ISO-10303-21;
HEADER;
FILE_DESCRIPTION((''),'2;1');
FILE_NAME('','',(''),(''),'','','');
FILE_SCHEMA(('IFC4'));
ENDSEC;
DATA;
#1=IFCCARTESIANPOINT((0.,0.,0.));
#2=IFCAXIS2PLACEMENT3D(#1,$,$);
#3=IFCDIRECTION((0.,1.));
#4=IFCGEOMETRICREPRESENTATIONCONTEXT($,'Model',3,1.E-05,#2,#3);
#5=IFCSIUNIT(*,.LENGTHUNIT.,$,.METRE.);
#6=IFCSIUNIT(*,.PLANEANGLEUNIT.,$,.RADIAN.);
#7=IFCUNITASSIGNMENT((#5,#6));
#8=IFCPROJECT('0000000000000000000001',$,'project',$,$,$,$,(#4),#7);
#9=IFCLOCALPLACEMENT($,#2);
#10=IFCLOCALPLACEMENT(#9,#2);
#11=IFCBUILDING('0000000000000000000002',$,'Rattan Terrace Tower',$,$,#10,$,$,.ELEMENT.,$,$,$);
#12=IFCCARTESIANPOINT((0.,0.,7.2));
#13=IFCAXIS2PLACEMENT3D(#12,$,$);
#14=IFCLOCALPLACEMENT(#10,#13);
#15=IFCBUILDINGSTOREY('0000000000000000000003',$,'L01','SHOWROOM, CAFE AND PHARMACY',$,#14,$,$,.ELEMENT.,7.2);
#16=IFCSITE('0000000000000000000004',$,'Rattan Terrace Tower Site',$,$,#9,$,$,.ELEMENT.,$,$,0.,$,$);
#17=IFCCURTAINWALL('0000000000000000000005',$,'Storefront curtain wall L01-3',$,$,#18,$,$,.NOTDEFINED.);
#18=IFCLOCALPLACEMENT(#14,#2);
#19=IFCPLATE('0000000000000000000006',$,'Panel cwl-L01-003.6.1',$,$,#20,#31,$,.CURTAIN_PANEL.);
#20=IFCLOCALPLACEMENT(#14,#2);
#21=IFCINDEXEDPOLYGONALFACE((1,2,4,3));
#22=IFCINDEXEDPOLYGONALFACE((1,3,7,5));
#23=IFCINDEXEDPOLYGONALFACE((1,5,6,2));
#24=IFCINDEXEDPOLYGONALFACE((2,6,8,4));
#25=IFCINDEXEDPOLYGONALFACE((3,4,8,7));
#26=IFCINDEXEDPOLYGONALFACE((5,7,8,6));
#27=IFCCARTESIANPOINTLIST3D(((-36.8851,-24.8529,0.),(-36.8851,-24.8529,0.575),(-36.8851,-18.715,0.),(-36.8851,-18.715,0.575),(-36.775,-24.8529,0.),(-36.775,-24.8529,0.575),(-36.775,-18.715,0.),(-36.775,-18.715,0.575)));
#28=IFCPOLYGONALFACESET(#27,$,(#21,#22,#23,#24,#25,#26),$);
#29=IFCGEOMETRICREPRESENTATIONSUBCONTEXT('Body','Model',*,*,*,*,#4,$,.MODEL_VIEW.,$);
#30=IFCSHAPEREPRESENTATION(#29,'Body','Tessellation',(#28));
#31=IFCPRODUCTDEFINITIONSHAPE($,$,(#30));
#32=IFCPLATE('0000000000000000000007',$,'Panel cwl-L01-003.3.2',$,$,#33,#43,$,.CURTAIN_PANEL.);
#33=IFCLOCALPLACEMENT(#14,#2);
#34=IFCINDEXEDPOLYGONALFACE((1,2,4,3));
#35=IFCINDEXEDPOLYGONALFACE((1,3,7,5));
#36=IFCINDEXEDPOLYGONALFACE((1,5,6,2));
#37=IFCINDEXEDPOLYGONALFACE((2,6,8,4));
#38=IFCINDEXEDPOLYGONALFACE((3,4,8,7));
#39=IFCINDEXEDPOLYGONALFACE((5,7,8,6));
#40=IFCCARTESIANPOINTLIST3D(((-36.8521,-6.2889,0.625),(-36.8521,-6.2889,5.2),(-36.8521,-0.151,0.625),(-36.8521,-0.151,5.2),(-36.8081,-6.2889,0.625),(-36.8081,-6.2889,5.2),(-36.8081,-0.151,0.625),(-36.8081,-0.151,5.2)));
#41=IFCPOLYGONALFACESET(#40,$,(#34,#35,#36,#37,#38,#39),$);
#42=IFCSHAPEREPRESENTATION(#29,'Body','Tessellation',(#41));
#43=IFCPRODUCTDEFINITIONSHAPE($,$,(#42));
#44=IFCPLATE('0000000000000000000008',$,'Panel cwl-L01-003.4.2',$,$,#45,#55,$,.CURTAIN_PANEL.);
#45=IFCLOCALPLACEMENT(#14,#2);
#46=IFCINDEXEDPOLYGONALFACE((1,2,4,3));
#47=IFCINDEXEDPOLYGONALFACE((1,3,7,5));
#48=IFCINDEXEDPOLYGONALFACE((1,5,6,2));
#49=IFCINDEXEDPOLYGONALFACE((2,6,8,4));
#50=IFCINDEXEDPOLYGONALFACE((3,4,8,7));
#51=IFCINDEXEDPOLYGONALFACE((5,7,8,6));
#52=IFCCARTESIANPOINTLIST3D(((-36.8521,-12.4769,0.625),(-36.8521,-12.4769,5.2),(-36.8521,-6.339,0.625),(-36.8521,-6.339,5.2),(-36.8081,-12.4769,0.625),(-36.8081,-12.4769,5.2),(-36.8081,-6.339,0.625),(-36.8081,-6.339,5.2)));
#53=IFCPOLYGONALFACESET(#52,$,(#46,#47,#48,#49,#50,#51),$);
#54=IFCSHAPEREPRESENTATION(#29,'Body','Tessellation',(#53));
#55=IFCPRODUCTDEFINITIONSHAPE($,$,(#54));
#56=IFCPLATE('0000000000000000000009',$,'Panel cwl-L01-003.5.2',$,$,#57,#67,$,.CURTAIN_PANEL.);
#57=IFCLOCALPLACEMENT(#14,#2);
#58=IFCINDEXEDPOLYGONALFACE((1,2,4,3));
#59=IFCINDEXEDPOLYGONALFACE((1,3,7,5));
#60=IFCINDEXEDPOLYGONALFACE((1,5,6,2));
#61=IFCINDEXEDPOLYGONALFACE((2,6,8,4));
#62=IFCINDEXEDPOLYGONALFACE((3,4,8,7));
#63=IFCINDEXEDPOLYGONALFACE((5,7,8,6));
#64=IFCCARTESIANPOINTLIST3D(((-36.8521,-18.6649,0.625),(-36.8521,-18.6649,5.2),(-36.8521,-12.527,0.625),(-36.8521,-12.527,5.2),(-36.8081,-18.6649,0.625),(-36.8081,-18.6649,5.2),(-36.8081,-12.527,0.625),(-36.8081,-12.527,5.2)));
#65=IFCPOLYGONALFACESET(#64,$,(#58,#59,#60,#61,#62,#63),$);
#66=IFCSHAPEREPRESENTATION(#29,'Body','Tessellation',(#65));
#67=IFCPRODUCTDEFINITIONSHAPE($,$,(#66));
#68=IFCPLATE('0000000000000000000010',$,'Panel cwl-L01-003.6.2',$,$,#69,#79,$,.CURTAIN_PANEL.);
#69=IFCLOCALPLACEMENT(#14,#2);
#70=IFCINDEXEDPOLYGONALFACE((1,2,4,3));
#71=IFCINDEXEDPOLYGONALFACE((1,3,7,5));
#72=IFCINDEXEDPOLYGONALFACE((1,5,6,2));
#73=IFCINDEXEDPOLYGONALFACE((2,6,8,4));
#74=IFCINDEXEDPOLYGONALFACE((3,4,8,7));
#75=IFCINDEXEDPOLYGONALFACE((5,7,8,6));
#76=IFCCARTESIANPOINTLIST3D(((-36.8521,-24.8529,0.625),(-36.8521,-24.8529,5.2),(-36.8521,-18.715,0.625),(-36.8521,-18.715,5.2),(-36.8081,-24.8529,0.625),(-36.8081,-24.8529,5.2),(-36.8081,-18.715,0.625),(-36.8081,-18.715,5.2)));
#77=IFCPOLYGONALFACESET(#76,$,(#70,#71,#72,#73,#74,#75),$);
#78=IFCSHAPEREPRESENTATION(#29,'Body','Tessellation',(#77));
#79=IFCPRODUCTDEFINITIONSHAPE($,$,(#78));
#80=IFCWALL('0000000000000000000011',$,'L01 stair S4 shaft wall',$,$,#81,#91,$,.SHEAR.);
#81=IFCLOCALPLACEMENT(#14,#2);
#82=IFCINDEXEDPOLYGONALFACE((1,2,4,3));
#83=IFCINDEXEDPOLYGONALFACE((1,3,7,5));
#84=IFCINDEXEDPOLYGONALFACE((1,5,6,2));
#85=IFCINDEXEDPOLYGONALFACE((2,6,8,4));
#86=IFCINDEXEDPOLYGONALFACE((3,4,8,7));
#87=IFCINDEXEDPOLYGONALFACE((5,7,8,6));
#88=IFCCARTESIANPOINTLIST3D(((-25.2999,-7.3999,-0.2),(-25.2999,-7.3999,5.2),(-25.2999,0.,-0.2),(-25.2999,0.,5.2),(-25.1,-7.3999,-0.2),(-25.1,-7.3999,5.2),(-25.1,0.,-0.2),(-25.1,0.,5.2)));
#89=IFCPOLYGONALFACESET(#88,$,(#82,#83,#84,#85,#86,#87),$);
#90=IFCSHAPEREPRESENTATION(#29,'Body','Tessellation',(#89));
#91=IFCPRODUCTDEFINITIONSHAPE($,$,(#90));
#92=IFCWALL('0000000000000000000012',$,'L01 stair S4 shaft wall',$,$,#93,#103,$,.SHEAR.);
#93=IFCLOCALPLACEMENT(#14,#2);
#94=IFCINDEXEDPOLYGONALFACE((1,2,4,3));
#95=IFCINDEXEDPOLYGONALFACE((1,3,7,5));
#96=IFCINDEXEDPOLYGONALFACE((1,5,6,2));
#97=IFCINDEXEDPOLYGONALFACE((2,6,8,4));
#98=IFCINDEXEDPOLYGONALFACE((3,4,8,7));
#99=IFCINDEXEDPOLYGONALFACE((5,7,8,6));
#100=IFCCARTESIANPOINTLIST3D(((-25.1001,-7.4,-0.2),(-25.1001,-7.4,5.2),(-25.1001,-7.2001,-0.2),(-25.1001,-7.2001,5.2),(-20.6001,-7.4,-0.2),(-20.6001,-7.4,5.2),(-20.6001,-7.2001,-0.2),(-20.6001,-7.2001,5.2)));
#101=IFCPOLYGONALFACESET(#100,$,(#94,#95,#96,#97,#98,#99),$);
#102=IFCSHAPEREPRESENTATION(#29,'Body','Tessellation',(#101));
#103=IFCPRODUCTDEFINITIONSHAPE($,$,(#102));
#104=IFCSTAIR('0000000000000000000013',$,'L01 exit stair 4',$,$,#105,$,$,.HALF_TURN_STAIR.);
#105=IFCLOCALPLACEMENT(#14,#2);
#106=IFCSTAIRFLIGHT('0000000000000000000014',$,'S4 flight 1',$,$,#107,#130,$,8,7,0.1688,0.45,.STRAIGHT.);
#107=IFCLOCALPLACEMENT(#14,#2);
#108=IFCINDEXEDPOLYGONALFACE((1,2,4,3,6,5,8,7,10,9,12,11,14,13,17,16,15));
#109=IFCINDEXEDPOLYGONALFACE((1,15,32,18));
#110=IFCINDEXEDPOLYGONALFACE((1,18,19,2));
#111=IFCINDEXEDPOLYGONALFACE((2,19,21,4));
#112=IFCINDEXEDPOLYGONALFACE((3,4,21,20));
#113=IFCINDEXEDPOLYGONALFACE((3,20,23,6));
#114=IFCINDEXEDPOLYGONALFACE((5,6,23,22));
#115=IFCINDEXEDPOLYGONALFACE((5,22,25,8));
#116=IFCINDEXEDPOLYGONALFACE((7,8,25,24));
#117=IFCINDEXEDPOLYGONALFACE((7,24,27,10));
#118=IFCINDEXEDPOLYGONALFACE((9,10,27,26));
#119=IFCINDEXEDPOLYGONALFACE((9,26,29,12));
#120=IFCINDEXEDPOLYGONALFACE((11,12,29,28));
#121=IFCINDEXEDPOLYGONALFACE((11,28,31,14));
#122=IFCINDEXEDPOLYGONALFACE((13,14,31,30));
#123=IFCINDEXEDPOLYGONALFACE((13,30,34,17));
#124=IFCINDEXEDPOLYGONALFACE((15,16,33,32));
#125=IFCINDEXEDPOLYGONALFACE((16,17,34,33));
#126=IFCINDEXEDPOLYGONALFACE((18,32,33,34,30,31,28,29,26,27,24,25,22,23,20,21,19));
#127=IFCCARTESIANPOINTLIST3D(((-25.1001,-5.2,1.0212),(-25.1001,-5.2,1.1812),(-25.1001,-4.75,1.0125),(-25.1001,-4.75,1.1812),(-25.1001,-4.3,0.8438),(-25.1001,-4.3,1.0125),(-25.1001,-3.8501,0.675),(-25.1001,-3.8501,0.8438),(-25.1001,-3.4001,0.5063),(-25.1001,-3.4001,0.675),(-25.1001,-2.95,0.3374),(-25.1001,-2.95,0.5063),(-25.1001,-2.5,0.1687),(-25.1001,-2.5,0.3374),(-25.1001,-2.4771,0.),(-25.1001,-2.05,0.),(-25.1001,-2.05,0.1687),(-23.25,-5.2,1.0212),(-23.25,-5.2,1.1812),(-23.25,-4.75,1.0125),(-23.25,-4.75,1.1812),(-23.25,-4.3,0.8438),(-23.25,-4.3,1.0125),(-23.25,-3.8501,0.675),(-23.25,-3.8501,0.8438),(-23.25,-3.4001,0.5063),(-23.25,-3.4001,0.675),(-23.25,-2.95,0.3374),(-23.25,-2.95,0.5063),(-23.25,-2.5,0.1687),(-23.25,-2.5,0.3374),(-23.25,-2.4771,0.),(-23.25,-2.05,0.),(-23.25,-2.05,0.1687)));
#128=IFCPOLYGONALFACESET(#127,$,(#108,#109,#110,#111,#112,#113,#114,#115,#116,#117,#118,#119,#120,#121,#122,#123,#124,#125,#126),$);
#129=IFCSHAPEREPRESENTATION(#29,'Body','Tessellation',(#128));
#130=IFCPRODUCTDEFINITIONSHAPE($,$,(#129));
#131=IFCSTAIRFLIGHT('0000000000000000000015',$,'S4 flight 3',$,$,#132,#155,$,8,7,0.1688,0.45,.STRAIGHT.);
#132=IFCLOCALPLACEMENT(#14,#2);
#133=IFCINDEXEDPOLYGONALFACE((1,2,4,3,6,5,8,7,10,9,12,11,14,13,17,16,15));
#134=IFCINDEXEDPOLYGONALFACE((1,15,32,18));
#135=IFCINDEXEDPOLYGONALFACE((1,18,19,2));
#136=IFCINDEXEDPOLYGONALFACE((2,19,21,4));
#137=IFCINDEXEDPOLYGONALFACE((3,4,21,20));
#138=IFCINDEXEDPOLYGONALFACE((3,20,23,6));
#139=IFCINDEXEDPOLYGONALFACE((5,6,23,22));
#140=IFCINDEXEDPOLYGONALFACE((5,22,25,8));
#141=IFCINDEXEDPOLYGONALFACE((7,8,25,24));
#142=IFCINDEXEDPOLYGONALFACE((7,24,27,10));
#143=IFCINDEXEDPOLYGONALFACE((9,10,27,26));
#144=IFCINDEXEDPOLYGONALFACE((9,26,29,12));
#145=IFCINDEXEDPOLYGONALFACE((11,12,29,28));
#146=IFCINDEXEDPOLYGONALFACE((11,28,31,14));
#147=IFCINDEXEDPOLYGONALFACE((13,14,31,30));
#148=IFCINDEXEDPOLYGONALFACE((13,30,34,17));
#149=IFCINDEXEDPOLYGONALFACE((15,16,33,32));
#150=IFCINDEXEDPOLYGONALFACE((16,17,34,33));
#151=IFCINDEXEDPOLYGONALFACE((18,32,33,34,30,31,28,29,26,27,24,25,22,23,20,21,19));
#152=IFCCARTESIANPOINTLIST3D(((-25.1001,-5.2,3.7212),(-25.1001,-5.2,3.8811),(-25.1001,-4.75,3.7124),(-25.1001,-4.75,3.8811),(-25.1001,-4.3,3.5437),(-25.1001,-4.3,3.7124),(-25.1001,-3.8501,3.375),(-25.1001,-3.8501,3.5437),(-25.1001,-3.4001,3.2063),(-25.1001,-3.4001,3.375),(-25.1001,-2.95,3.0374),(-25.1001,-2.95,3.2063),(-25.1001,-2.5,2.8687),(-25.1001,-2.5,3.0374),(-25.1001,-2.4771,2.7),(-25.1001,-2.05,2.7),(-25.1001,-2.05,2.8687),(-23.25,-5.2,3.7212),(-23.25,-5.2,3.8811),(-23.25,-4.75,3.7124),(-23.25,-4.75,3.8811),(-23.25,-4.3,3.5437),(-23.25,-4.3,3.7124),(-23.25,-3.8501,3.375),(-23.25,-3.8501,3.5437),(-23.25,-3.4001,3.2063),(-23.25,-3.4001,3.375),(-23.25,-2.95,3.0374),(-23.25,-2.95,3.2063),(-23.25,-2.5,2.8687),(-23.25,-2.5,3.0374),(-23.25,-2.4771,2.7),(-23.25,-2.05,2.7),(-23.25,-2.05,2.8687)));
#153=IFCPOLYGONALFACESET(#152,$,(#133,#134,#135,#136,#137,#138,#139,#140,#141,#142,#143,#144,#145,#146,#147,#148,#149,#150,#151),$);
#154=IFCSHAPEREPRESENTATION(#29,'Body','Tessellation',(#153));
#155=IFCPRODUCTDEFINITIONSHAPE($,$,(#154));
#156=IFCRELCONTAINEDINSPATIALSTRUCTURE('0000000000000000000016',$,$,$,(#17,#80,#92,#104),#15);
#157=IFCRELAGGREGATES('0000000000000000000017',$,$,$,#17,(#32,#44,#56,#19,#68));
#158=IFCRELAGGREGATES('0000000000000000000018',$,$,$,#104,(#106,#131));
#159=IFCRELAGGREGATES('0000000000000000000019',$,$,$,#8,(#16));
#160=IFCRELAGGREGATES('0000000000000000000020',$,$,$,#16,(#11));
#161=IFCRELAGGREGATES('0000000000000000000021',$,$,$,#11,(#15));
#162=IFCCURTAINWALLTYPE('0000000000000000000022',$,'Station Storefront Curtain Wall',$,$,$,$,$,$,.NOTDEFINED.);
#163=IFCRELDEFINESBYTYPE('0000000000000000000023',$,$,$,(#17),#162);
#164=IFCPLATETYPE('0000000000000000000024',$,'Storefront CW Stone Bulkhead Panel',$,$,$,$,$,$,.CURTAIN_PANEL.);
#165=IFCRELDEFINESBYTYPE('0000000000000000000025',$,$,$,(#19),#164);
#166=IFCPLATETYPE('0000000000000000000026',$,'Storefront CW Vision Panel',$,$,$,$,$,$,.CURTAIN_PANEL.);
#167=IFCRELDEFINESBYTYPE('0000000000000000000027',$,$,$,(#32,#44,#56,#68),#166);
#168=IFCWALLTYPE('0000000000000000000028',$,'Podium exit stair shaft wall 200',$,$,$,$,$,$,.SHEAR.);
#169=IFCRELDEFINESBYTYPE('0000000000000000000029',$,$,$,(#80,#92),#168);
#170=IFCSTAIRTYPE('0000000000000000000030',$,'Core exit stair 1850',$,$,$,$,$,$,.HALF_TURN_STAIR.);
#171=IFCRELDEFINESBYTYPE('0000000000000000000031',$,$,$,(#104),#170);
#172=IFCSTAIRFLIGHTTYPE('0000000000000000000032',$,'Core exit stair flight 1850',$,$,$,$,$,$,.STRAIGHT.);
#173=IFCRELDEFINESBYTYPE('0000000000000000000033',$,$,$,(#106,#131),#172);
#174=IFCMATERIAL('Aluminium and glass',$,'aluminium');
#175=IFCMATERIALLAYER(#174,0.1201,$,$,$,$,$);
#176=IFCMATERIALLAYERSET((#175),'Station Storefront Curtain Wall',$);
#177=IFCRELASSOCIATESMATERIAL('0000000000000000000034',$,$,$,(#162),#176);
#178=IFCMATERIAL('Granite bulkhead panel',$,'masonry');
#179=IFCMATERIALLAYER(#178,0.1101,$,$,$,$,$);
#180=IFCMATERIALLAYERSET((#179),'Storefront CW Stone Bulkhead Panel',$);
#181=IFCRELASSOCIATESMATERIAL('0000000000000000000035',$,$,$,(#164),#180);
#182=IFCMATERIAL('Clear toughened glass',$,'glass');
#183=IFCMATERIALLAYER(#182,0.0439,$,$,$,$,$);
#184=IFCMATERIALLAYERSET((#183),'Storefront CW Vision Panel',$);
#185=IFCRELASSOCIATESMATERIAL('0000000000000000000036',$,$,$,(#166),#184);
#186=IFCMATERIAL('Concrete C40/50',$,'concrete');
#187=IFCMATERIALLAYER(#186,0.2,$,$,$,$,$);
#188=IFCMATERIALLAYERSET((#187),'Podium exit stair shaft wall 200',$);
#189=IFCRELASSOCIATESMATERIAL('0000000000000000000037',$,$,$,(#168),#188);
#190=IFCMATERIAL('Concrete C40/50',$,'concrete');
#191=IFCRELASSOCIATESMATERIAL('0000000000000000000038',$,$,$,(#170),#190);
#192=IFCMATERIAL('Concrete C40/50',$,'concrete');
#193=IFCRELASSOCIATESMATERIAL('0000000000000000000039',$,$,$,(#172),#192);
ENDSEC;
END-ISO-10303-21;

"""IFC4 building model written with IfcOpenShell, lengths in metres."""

from ifc_helpers import new_model, si_unit, direction, frame, frame_2d, origin, origin_2d, place, context, subcontext, project, spatial, polyline, rectangle, outline, extrude, material, layer, layer_set, type_object, element, aggregate, save


model = new_model("IFC4")

# Units and contexts
model_context = context("Model", 3, precision=1e-05, world=origin(), true_north=direction((0.0, 1.0)))
body_context = subcontext(model_context, "Body", "Model", "MODEL_VIEW")
ifc_project = project(units=[si_unit("LENGTHUNIT", "METRE"), si_unit("PLANEANGLEUNIT", "RADIAN")], contexts=[model_context])

# Site, building, storey
site_placement = place(None, origin())
site = spatial("IfcSite", under=ifc_project, at=site_placement, Name="Rattan Terrace Tower Site", CompositionType="ELEMENT", RefElevation=0.0)
building_placement = place(site_placement, origin())
building = spatial("IfcBuilding", under=site, at=building_placement, Name="Rattan Terrace Tower", CompositionType="ELEMENT")
storey_placement = place(building_placement, frame((0.0, 0.0, 7.2)))
storey = spatial("IfcBuildingStorey", under=building, at=storey_placement, Name="L01", Description="SHOWROOM, CAFE AND PHARMACY", CompositionType="ELEMENT", Elevation=7.2)

# Curtain wall, plates
ifc_material_1 = material(Name="Aluminium and glass", Category="aluminium")
ifc_layer_1 = layer(ifc_material_1, 0.1201)
ifc_layer_set_1 = layer_set([ifc_layer_1], Name="Station Storefront Curtain Wall")
curtain_wall_type = type_object("IfcCurtainWallType", Name="Station Storefront Curtain Wall", PredefinedType="NOTDEFINED", material=ifc_layer_set_1)
curtain_wall_placement = place(storey_placement, origin())
curtain_wall = element("IfcCurtainWall", 1, at=curtain_wall_placement, inside=storey, type_object=curtain_wall_type, Name="Storefront curtain wall L01-3", PredefinedType="NOTDEFINED")
ifc_material_2 = material(Name="Granite bulkhead panel", Category="masonry")
ifc_layer_2 = layer(ifc_material_2, 0.1101)
ifc_layer_set_2 = layer_set([ifc_layer_2], Name="Storefront CW Stone Bulkhead Panel")
plate_type_1 = type_object("IfcPlateType", Name="Storefront CW Stone Bulkhead Panel", PredefinedType="CURTAIN_PANEL", material=ifc_layer_set_2)
plate_1_placement = place(storey_placement, frame((-36.8301, -21.7839, 0.0), z_axis=(0.0, 0.0, 1.0), x_axis=(0.0, -1.0, 0.0)))
plate_1 = element("IfcPlate", 2, at=plate_1_placement, type_object=plate_type_1, Name="Panel cwl-L01-003.6.1", PredefinedType="CURTAIN_PANEL", context=body_context, shape_type="SweptSolid", body=[
    extrude(rectangle(XDim=6.1379, YDim=0.1101, at=origin_2d()), origin(), (0.0, 0.0, 1.0), 0.575),
])
ifc_material_3 = material(Name="Clear toughened glass", Category="glass")
ifc_layer_3 = layer(ifc_material_3, 0.0439)
ifc_layer_set_3 = layer_set([ifc_layer_3], Name="Storefront CW Vision Panel")
plate_type_2 = type_object("IfcPlateType", Name="Storefront CW Vision Panel", PredefinedType="CURTAIN_PANEL", material=ifc_layer_set_3)
plate_2_placement = place(storey_placement, frame((-36.8301, -3.22, 0.625), z_axis=(0.0, 0.0, 1.0), x_axis=(0.0, -1.0, 0.0)))
plate_2 = element("IfcPlate", 3, at=plate_2_placement, type_object=plate_type_2, Name="Panel cwl-L01-003.3.2", PredefinedType="CURTAIN_PANEL", context=body_context, shape_type="SweptSolid", body=[
    extrude(rectangle(XDim=6.1379, YDim=0.0439, at=origin_2d()), origin(), (0.0, 0.0, 1.0), 4.575),
])
plate_3_placement = place(storey_placement, frame((-36.8301, -9.408, 0.625), z_axis=(0.0, 0.0, 1.0), x_axis=(0.0, -1.0, 0.0)))
plate_3 = element("IfcPlate", 4, at=plate_3_placement, type_object=plate_type_2, Name="Panel cwl-L01-003.4.2", PredefinedType="CURTAIN_PANEL", context=body_context, shape_type="SweptSolid", body=[
    extrude(rectangle(XDim=6.1379, YDim=0.0439, at=origin_2d()), origin(), (0.0, 0.0, 1.0), 4.575),
])
plate_4_placement = place(storey_placement, frame((-36.8301, -15.5959, 0.625), z_axis=(0.0, 0.0, 1.0), x_axis=(0.0, -1.0, 0.0)))
plate_4 = element("IfcPlate", 5, at=plate_4_placement, type_object=plate_type_2, Name="Panel cwl-L01-003.5.2", PredefinedType="CURTAIN_PANEL", context=body_context, shape_type="SweptSolid", body=[
    extrude(rectangle(XDim=6.1379, YDim=0.0439, at=origin_2d()), origin(), (0.0, 0.0, 1.0), 4.575),
])
plate_5_placement = place(storey_placement, frame((-36.8301, -21.7839, 0.625), z_axis=(0.0, 0.0, 1.0), x_axis=(0.0, -1.0, 0.0)))
plate_5 = element("IfcPlate", 6, at=plate_5_placement, type_object=plate_type_2, Name="Panel cwl-L01-003.6.2", PredefinedType="CURTAIN_PANEL", context=body_context, shape_type="SweptSolid", body=[
    extrude(rectangle(XDim=6.1379, YDim=0.0439, at=origin_2d()), origin(), (0.0, 0.0, 1.0), 4.575),
])
aggregate(curtain_wall, [plate_2, plate_3, plate_4, plate_1, plate_5])

# Walls
ifc_material_4 = material(Name="Concrete C40/50", Category="concrete")
ifc_layer_4 = layer(ifc_material_4, 0.2)
ifc_layer_set_4 = layer_set([ifc_layer_4], Name="Podium exit stair shaft wall 200")
wall_type = type_object("IfcWallType", Name="Podium exit stair shaft wall 200", PredefinedType="SHEAR", material=ifc_layer_set_4)
wall_1_placement = place(storey_placement, frame((-25.2, -7.3999, -0.2), z_axis=(0.0, 0.0, 1.0), x_axis=(0.0, 1.0, 0.0)))
element("IfcWall", 7, at=wall_1_placement, inside=storey, type_object=wall_type, Name="L01 stair S4 shaft wall", PredefinedType="SHEAR", context=body_context, shape_type="SweptSolid", body=[
    extrude(rectangle(XDim=7.3999, YDim=0.2, at=frame_2d((3.7, 0.0))), origin(), (0.0, 0.0, 1.0), 5.3999),
])
wall_2_placement = place(storey_placement, frame((-25.1001, -7.3, -0.2), z_axis=(0.0, 0.0, 1.0), x_axis=(1.0, 0.0, 0.0)))
element("IfcWall", 8, at=wall_2_placement, inside=storey, type_object=wall_type, Name="L01 stair S4 shaft wall", PredefinedType="SHEAR", context=body_context, shape_type="SweptSolid", body=[
    extrude(rectangle(XDim=4.5, YDim=0.2, at=frame_2d((2.25, 0.0))), origin(), (0.0, 0.0, 1.0), 5.3999),
])

# Stair, stair flights
ifc_material_5 = material(Name="Concrete C40/50", Category="concrete")
stair_type = type_object("IfcStairType", Name="Core exit stair 1850", PredefinedType="HALF_TURN_STAIR", material=ifc_material_5)
stair_placement = place(storey_placement, origin())
stair = element("IfcStair", 9, at=stair_placement, inside=storey, type_object=stair_type, Name="L01 exit stair 4", PredefinedType="HALF_TURN_STAIR")
ifc_material_6 = material(Name="Concrete C40/50", Category="concrete")
stair_flight_type = type_object("IfcStairFlightType", Name="Core exit stair flight 1850", PredefinedType="STRAIGHT", material=ifc_material_6)
stair_flight_1_placement = place(storey_placement, frame((-24.175, -2.05, 0.0), z_axis=(0.0, 0.0, 1.0), x_axis=(0.0, -1.0, 0.0)))
stair_flight_1 = element("IfcStairFlight", 10, at=stair_flight_1_placement, type_object=stair_flight_type, Name="S4 flight 1", NumberOfRisers=8, NumberOfTreads=7, PredefinedType="STRAIGHT", RiserHeight=0.1688, TreadLength=0.45, context=body_context, shape_type="SweptSolid", body=[
    extrude(outline(polyline([(0.0, 0.0), (0.0, 0.1687), (0.45, 0.1687), (0.45, 0.3374), (0.8999, 0.3374), (0.8999, 0.5063), (1.3501, 0.5063), (1.3501, 0.675), (1.8, 0.675), (1.8, 0.8438), (2.25, 0.8438), (2.25, 1.0125), (2.7, 1.0125), (2.7, 1.1812), (3.1499, 1.1812), (3.1499, 1.3501), (3.1499, 1.0212), (0.427, 0.0), (0.0, 0.0)])), frame((0.0, 0.925, 0.0), z_axis=(0.0, -1.0, 0.0), x_axis=(1.0, 0.0, 0.0)), (0.0, 0.0, 1.0), 1.8501),
])
stair_flight_2_placement = place(storey_placement, frame((-24.175, -2.05, 2.7), z_axis=(0.0, 0.0, 1.0), x_axis=(0.0, -1.0, 0.0)))
stair_flight_2 = element("IfcStairFlight", 11, at=stair_flight_2_placement, type_object=stair_flight_type, Name="S4 flight 3", NumberOfRisers=8, NumberOfTreads=7, PredefinedType="STRAIGHT", RiserHeight=0.1688, TreadLength=0.45, context=body_context, shape_type="SweptSolid", body=[
    extrude(outline(polyline([(0.0, 0.0), (0.0, 0.1687), (0.45, 0.1687), (0.45, 0.3374), (0.8999, 0.3374), (0.8999, 0.5063), (1.3501, 0.5063), (1.3501, 0.675), (1.8, 0.675), (1.8, 0.8438), (2.25, 0.8438), (2.25, 1.0125), (2.7, 1.0125), (2.7, 1.1812), (3.1499, 1.1812), (3.1499, 1.3501), (3.1499, 1.0212), (0.427, 0.0), (0.0, 0.0)])), frame((0.0, 0.925, 0.0), z_axis=(0.0, -1.0, 0.0), x_axis=(1.0, 0.0, 0.0)), (0.0, 0.0, 1.0), 1.8501),
])
aggregate(stair, [stair_flight_1, stair_flight_2])

save(model, "model.ifc")
